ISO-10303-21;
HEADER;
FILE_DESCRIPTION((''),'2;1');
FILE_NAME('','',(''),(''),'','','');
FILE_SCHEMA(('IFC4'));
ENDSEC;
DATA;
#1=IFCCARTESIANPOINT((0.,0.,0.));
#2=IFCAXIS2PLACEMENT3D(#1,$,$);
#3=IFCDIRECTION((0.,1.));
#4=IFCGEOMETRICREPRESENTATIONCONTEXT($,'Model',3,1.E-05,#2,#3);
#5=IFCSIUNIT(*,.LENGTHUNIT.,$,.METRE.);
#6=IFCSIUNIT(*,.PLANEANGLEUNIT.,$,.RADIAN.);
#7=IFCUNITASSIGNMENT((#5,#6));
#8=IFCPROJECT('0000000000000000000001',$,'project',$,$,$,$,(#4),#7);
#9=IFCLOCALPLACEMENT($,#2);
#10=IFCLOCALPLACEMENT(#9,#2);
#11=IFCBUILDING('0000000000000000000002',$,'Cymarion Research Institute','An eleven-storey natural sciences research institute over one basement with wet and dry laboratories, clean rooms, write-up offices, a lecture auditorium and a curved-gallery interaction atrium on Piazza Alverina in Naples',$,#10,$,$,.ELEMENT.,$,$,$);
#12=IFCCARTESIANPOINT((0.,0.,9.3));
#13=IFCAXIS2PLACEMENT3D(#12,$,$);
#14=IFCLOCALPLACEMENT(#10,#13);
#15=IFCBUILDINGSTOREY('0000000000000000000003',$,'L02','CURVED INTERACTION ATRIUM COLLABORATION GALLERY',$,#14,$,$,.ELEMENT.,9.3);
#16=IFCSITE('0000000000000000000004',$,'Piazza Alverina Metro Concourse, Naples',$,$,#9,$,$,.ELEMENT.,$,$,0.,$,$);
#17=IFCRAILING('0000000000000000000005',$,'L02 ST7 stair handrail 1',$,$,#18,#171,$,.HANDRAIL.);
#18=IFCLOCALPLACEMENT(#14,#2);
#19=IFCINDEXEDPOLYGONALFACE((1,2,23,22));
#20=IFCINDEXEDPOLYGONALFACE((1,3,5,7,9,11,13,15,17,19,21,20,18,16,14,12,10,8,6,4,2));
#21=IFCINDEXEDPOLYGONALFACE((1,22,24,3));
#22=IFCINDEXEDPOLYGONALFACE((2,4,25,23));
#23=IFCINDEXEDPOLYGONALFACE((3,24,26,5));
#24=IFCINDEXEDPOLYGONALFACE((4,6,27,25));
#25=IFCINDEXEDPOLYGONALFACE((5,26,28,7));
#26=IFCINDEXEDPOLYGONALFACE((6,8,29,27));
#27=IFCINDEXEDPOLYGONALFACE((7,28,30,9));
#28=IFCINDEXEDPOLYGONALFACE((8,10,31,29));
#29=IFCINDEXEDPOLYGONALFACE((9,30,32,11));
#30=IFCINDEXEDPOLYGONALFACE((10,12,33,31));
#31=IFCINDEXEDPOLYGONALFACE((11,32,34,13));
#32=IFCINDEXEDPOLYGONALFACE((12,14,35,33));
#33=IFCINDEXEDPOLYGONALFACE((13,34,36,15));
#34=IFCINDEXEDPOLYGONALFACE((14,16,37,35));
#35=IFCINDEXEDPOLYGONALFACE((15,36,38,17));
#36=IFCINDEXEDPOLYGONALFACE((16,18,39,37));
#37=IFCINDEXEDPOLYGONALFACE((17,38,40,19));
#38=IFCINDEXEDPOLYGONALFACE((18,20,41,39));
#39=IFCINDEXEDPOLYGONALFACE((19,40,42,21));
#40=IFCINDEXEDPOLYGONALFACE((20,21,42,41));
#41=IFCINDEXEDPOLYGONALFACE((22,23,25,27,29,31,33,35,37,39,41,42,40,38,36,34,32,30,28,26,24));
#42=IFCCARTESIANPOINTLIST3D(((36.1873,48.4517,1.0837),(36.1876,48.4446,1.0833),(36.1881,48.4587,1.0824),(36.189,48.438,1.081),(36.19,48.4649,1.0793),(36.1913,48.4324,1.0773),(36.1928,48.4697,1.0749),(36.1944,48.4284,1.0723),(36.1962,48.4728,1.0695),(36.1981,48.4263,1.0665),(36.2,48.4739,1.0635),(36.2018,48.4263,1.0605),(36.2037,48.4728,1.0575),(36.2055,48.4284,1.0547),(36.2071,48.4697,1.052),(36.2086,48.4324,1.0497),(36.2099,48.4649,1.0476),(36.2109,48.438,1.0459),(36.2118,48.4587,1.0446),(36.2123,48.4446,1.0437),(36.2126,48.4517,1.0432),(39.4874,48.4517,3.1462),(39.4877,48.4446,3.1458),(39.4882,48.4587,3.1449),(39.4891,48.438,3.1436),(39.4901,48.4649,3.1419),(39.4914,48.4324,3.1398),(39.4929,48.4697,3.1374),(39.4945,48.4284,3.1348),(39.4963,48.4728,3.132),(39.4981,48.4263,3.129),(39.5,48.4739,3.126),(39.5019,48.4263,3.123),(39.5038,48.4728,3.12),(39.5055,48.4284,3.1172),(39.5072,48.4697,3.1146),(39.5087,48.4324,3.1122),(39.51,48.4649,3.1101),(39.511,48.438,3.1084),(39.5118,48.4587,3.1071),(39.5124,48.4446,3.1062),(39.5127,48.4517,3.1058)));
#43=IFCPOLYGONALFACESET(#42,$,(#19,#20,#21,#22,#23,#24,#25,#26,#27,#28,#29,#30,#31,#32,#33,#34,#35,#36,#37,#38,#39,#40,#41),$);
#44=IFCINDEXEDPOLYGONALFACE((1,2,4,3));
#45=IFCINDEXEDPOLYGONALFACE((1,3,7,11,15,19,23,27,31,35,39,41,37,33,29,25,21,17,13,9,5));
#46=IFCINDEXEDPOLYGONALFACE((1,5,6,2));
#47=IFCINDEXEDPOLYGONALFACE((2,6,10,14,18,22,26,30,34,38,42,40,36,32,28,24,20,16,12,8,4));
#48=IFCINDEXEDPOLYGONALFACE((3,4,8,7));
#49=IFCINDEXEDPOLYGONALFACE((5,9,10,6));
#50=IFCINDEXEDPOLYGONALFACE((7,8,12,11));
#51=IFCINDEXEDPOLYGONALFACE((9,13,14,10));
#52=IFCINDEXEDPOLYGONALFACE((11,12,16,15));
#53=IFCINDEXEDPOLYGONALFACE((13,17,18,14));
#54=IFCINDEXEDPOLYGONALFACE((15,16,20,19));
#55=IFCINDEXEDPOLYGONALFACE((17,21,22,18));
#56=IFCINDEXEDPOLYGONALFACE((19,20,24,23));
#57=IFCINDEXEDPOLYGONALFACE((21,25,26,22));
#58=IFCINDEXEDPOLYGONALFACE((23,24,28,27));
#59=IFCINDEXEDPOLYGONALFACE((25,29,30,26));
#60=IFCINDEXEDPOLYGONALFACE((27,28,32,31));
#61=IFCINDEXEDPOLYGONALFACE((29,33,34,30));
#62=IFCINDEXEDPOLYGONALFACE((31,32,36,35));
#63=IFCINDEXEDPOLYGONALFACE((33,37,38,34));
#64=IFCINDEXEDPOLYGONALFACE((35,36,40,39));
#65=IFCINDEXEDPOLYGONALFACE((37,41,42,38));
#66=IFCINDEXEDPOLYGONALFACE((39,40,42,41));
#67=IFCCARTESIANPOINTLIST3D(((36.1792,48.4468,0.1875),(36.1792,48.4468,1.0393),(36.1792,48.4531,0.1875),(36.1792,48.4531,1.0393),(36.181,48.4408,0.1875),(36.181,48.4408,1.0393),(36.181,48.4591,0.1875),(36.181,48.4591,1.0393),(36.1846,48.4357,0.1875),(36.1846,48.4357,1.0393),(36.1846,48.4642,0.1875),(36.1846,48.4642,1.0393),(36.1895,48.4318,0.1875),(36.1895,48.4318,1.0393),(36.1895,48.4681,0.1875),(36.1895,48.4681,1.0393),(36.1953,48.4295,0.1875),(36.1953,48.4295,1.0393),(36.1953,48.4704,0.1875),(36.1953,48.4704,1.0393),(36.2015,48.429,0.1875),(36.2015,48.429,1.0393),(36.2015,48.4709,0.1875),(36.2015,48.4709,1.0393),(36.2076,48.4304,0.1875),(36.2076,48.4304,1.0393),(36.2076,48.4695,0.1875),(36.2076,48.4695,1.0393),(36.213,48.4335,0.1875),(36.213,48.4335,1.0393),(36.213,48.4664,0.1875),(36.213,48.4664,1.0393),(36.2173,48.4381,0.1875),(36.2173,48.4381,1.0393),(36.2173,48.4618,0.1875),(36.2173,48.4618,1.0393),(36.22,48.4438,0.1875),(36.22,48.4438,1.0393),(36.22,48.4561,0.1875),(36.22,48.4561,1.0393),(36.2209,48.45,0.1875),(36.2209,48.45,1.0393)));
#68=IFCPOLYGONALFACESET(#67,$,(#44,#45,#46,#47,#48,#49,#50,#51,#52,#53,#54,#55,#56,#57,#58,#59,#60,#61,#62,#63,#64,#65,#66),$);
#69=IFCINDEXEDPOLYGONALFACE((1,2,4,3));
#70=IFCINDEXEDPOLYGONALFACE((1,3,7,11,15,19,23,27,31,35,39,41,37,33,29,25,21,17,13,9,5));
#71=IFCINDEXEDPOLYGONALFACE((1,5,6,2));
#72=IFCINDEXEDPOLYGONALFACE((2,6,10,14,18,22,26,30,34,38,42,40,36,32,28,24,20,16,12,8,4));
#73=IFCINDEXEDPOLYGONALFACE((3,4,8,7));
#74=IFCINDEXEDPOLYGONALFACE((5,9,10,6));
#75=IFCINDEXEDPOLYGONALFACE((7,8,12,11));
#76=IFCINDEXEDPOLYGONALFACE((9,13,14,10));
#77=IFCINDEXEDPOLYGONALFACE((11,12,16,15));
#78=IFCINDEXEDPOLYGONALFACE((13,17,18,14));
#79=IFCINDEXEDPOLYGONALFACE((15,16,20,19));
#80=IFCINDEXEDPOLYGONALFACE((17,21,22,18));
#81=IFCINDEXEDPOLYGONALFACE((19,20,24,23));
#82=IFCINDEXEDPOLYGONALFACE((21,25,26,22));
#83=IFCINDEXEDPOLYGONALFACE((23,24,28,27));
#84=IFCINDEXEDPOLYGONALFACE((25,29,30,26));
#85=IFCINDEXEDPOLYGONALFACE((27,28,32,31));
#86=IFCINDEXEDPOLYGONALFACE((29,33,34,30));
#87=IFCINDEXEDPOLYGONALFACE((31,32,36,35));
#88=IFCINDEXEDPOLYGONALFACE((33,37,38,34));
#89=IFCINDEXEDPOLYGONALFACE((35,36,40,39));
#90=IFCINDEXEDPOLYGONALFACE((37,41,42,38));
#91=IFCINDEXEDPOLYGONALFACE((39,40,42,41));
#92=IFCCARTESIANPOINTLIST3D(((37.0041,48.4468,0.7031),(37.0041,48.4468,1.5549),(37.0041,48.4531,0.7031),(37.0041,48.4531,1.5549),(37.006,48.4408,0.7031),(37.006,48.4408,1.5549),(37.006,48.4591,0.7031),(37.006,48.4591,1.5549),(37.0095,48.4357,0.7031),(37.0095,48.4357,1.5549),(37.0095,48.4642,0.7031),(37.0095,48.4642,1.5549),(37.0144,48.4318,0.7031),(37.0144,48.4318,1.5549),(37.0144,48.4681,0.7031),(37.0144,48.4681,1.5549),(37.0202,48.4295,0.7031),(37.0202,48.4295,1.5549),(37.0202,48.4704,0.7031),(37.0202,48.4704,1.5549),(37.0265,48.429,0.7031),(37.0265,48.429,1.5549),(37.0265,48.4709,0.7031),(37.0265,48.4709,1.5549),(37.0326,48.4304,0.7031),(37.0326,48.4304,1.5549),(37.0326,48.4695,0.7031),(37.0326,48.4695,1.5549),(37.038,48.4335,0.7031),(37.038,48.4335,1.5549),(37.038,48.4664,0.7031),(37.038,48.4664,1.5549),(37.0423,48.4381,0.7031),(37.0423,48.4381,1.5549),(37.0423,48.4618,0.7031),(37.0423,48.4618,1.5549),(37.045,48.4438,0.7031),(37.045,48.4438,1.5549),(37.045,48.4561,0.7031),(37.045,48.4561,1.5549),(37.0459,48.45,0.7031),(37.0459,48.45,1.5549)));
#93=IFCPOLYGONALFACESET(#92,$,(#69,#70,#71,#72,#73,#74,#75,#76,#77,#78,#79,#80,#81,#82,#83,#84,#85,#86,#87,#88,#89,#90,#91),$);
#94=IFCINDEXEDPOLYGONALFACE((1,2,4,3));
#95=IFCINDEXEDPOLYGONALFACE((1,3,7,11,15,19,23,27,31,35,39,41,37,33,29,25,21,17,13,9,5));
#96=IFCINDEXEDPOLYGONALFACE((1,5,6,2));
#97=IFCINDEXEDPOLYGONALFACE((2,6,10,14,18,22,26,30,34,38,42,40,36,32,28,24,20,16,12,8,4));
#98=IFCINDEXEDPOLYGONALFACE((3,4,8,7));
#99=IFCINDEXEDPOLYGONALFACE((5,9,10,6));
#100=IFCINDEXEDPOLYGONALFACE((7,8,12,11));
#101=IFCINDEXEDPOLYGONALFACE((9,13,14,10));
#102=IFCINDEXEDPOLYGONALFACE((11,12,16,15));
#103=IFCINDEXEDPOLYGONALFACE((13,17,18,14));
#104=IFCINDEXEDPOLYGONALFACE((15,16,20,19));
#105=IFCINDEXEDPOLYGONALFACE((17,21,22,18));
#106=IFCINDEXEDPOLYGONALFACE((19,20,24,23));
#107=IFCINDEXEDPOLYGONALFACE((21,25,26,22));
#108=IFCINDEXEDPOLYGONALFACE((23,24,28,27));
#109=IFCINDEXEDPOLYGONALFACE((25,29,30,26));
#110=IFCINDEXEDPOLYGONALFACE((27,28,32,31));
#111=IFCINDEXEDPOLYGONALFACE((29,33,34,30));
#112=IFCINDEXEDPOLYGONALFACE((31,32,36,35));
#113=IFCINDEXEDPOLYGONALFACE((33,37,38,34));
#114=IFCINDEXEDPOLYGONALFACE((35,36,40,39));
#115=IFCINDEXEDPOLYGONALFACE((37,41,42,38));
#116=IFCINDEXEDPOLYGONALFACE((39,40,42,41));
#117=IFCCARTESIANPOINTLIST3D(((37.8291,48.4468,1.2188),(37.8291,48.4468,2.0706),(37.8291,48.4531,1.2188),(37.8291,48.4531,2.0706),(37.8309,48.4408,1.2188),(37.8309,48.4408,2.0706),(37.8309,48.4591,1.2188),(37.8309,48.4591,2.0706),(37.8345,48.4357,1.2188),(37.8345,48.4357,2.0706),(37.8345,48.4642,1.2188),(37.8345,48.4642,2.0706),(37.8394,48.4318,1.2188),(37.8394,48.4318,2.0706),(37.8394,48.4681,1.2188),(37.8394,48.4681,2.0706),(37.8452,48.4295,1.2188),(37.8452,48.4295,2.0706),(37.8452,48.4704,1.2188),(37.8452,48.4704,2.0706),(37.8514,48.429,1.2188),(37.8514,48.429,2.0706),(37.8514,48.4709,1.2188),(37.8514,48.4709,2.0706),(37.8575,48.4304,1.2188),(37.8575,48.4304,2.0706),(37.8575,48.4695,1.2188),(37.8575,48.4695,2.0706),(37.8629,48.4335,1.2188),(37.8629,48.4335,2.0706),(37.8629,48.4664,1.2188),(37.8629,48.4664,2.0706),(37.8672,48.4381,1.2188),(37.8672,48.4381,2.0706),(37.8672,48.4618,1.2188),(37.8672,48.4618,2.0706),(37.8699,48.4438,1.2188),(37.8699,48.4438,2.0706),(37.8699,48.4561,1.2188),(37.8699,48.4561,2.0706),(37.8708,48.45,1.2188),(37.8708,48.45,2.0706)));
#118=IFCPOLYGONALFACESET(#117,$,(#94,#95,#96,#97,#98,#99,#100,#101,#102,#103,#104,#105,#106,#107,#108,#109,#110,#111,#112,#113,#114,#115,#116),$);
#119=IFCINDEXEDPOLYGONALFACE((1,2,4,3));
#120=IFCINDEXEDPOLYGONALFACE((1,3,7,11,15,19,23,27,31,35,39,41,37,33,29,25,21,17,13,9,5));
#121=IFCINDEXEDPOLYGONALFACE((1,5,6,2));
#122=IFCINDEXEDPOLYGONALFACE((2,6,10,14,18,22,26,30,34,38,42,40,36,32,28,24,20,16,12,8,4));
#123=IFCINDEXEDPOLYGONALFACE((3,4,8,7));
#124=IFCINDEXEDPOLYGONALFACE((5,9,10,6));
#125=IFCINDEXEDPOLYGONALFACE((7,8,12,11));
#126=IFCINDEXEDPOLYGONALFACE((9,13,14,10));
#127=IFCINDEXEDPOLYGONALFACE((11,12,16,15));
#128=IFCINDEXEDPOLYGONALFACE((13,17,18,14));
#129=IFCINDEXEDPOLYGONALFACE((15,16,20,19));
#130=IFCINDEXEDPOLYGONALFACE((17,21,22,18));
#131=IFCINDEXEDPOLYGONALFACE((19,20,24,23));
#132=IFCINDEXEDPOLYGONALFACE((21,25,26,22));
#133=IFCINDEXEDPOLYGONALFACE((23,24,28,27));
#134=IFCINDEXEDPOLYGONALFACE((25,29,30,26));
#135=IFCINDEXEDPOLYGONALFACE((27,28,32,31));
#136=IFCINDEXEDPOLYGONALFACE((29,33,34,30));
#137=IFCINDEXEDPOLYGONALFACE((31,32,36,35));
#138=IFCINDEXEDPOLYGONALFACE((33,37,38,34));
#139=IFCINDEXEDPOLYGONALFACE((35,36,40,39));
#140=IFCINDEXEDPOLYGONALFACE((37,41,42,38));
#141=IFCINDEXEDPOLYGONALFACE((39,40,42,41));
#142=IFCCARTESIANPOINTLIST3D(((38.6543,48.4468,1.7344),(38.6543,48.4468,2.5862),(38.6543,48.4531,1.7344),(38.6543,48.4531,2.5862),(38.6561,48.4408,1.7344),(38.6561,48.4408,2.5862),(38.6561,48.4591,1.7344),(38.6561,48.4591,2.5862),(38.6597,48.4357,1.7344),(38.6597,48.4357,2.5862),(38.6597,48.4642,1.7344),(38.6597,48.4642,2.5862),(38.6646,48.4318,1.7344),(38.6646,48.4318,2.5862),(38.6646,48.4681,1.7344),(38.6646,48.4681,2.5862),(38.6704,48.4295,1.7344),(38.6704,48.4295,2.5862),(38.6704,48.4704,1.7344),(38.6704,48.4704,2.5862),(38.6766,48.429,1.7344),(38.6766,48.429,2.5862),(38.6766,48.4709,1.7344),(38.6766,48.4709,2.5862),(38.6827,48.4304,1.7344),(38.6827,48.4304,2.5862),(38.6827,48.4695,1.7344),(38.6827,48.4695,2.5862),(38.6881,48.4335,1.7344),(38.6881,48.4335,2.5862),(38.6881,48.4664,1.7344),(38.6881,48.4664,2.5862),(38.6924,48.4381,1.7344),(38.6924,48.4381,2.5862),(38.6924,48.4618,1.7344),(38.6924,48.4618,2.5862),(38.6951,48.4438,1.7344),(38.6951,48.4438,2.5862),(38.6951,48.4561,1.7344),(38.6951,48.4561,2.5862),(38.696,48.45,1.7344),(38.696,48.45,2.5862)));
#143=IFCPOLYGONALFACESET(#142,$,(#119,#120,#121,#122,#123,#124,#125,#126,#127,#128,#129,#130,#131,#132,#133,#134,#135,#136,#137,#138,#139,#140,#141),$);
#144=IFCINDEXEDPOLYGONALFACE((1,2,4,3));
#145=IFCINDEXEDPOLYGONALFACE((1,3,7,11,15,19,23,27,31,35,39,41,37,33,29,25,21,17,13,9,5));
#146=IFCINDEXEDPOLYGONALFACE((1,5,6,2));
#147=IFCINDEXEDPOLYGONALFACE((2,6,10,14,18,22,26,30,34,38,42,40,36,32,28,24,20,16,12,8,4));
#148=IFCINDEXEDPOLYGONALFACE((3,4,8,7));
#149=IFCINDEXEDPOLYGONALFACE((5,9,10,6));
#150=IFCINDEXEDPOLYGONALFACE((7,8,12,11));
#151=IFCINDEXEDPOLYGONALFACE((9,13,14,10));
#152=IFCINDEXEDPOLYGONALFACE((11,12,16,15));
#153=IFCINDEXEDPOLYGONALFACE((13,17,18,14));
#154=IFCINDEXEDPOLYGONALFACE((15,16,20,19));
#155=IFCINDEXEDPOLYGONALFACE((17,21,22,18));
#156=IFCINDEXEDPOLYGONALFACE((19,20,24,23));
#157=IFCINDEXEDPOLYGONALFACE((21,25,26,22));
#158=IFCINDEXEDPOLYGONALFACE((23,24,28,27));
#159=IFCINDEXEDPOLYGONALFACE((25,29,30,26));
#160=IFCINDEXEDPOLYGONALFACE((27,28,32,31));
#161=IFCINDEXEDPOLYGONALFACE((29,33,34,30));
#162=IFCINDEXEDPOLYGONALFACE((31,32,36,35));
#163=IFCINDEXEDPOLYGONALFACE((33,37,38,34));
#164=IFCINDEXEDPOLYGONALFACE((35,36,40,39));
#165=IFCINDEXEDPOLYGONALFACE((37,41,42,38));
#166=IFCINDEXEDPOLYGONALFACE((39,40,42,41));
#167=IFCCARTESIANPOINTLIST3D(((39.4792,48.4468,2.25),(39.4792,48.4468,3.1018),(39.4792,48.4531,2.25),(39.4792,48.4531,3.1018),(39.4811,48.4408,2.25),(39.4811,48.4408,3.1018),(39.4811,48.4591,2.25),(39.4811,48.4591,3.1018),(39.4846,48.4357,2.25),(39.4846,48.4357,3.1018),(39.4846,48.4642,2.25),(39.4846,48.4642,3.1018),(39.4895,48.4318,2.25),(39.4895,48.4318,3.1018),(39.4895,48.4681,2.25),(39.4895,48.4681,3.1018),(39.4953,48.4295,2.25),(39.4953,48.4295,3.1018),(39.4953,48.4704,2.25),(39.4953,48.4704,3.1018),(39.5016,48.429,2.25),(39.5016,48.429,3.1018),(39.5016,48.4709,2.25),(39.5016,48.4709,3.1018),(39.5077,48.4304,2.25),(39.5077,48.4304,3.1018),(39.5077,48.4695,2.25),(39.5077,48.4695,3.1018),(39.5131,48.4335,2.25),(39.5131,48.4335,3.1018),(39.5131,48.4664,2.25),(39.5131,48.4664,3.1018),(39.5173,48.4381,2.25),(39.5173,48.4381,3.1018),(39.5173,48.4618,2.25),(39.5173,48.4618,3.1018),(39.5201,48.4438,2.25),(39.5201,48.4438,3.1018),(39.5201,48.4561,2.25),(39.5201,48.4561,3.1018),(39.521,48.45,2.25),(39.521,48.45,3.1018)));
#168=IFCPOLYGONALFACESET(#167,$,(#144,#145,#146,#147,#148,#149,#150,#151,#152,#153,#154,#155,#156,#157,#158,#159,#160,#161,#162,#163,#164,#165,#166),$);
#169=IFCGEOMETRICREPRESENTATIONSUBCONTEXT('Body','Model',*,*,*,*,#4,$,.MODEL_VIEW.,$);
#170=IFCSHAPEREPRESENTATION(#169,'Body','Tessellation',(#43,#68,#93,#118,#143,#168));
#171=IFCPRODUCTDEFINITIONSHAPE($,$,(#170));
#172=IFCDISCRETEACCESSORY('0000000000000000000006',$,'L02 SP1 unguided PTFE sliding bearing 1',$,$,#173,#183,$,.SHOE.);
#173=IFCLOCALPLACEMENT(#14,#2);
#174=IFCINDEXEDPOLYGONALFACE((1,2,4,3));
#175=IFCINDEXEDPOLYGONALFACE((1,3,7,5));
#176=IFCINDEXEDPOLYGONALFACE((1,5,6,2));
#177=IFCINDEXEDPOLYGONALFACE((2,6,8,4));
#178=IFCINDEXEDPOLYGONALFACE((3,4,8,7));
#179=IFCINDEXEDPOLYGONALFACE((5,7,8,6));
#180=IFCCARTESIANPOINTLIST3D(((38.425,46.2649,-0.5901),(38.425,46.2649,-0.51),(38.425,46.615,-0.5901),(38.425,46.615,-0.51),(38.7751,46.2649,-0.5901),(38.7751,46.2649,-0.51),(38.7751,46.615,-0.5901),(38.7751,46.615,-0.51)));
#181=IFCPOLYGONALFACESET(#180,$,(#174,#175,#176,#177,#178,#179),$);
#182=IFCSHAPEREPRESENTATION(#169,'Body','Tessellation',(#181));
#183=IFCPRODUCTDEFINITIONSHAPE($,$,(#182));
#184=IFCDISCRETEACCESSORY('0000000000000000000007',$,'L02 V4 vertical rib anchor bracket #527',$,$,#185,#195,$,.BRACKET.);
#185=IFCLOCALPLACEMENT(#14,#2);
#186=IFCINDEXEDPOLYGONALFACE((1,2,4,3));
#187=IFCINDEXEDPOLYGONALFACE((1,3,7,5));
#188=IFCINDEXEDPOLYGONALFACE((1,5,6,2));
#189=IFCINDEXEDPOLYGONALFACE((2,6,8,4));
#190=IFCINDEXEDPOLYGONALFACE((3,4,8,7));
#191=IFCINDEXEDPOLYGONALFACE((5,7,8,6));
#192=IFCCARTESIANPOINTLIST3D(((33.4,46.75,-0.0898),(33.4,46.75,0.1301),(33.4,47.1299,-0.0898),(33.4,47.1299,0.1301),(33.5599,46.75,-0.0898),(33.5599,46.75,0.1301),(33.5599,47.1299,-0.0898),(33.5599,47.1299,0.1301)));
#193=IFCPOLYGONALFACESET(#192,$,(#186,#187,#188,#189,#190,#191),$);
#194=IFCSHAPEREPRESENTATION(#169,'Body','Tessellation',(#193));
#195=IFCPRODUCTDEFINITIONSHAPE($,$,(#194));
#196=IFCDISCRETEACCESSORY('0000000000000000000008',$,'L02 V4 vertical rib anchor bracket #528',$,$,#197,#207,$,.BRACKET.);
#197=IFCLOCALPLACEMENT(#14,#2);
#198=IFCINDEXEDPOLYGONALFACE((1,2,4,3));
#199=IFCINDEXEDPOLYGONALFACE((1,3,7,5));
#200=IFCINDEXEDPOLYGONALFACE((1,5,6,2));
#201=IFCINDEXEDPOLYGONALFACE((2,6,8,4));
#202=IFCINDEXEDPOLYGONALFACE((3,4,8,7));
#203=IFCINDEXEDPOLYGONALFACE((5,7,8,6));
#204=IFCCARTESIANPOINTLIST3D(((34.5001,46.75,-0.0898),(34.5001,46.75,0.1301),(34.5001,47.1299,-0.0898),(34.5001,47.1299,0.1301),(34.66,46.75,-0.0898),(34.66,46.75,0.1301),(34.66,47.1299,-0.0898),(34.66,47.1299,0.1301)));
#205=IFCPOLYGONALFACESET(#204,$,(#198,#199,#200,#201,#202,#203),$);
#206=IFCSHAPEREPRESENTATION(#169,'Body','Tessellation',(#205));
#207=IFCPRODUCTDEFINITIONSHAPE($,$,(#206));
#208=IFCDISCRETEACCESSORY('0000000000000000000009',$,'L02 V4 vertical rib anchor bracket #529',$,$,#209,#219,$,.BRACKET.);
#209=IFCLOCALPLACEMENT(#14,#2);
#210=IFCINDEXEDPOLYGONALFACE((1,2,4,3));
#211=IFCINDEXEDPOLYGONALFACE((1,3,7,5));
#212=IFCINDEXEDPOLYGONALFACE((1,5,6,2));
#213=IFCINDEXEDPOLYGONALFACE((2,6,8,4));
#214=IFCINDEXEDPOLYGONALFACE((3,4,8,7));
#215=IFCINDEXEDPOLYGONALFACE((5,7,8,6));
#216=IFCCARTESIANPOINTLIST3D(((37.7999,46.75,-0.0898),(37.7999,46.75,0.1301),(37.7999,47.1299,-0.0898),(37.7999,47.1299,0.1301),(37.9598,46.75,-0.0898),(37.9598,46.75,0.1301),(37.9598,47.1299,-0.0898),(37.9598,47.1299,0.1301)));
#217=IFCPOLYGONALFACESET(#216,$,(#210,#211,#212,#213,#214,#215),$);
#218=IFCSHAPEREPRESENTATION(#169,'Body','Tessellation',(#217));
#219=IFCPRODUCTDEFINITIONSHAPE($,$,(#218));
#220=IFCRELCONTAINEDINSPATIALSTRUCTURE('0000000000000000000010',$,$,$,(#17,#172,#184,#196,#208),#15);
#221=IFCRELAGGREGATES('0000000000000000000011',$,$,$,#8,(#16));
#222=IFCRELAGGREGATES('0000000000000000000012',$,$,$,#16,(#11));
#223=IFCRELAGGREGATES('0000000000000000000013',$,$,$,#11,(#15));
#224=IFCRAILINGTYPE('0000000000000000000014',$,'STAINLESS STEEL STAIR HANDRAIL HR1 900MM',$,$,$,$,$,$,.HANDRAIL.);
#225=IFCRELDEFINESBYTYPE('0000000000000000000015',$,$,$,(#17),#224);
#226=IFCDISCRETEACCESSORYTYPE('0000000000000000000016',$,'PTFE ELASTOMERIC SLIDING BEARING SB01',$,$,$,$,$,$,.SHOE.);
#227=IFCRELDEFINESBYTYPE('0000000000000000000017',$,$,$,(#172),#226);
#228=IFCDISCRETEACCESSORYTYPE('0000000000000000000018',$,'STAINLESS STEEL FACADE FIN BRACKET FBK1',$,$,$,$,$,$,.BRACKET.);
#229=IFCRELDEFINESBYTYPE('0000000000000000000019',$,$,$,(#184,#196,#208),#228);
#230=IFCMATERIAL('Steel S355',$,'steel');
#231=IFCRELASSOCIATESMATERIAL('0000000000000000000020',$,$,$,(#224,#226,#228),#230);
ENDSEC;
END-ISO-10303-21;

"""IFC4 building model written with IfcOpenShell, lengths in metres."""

from ifc_helpers import new_model, si_unit, direction, frame, origin, origin_2d, place, context, subcontext, project, spatial, rectangle, circle, extrude, material, type_object, element, save


model = new_model("IFC4")

# Units and contexts
model_context = context("Model", 3, precision=1e-05, world=origin(), true_north=direction((0.0, 1.0)))
body_context = subcontext(model_context, "Body", "Model", "MODEL_VIEW")
ifc_project = project(units=[si_unit("LENGTHUNIT", "METRE"), si_unit("PLANEANGLEUNIT", "RADIAN")], contexts=[model_context])

# Site, building, storey
site_placement = place(None, origin())
site = spatial("IfcSite", under=ifc_project, at=site_placement, Name="Piazza Alverina Metro Concourse, Naples", CompositionType="ELEMENT", RefElevation=0.0)
building_placement = place(site_placement, origin())
building = spatial("IfcBuilding", under=site, at=building_placement, Name="Cymarion Research Institute", Description="An eleven-storey natural sciences research institute over one basement with wet and dry laboratories, clean rooms, write-up offices, a lecture auditorium and a curved-gallery interaction atrium on Piazza Alverina in Naples", CompositionType="ELEMENT")
storey_placement = place(building_placement, frame((0.0, 0.0, 9.3)))
storey = spatial("IfcBuildingStorey", under=building, at=storey_placement, Name="L02", Description="CURVED INTERACTION ATRIUM COLLABORATION GALLERY", CompositionType="ELEMENT", Elevation=9.3)

# Shared definitions
ifc_material_1 = material(Name="Steel S355", Category="steel")

# Railing
railing_type = type_object("IfcRailingType", Name="STAINLESS STEEL STAIR HANDRAIL HR1 900MM", PredefinedType="HANDRAIL", material=ifc_material_1)
railing_placement = place(storey_placement, frame((36.2, 48.45, 0.1875)))
element("IfcRailing", 1, at=railing_placement, inside=storey, type_object=railing_type, Name="L02 ST7 stair handrail 1", PredefinedType="HANDRAIL", context=body_context, shape_type="SweptSolid", body=[
    extrude(circle(Radius=0.0239, at=origin_2d()), frame((0.0, 0.0, 0.876), z_axis=(0.848002, 0.0, 0.529993), x_axis=(0.0, 1.0, 0.0)), (0.0, 0.0, 1.0), 3.8916),
    extrude(circle(Radius=0.021, at=origin_2d()), origin(), (0.0, 0.0, 1.0), 0.8518),
    extrude(circle(Radius=0.021, at=origin_2d()), frame((0.825, 0.0, 0.5156)), (0.0, 0.0, 1.0), 0.8518),
    extrude(circle(Radius=0.021, at=origin_2d()), frame((1.6499, 0.0, 1.0312)), (0.0, 0.0, 1.0), 0.8518),
    extrude(circle(Radius=0.021, at=origin_2d()), frame((2.4751, 0.0, 1.5469)), (0.0, 0.0, 1.0), 0.8518),
    extrude(circle(Radius=0.021, at=origin_2d()), frame((3.3, 0.0, 2.0625)), (0.0, 0.0, 1.0), 0.8518),
])

# Discrete accessories
discrete_accessory_type_1 = type_object("IfcDiscreteAccessoryType", Name="PTFE ELASTOMERIC SLIDING BEARING SB01", PredefinedType="SHOE", material=ifc_material_1)
discrete_accessory_1_placement = place(storey_placement, frame((38.6001, 46.4399, -0.5901), z_axis=(0.0, 0.0, 1.0), x_axis=(1.0, 0.0, 0.0)))
element("IfcDiscreteAccessory", 2, at=discrete_accessory_1_placement, inside=storey, type_object=discrete_accessory_type_1, Name="L02 SP1 unguided PTFE sliding bearing 1", PredefinedType="SHOE", context=body_context, shape_type="SweptSolid", body=[
    extrude(rectangle(XDim=0.3501, YDim=0.3501, at=origin_2d()), origin(), (0.0, 0.0, 1.0), 0.0801),
])
discrete_accessory_type_2 = type_object("IfcDiscreteAccessoryType", Name="STAINLESS STEEL FACADE FIN BRACKET FBK1", PredefinedType="BRACKET", material=ifc_material_1)
for number, where, z_axis, x_axis, name in (
    (3, (33.48, 46.9399, -0.0898), (0.0, 0.0, 1.0), (0.0, -1.0, 0.0), "L02 V4 vertical rib anchor bracket #527"),
    (4, (34.5801, 46.9399, -0.0898), (0.0, 0.0, 1.0), (0.0, -1.0, 0.0), "L02 V4 vertical rib anchor bracket #528"),
    (5, (37.8799, 46.9399, -0.0898), (0.0, 0.0, 1.0), (0.0, -1.0, 0.0), "L02 V4 vertical rib anchor bracket #529"),
):
    element("IfcDiscreteAccessory", number, at=place(storey_placement, frame(where, z_axis=z_axis, x_axis=x_axis)), inside=storey, type_object=discrete_accessory_type_2, Name=name, PredefinedType="BRACKET", context=body_context, shape_type="SweptSolid", body=[
        extrude(rectangle(XDim=0.3799, YDim=0.1599, at=origin_2d()), origin(), (0.0, 0.0, 1.0), 0.22),
    ])

save(model, "model.ifc")
